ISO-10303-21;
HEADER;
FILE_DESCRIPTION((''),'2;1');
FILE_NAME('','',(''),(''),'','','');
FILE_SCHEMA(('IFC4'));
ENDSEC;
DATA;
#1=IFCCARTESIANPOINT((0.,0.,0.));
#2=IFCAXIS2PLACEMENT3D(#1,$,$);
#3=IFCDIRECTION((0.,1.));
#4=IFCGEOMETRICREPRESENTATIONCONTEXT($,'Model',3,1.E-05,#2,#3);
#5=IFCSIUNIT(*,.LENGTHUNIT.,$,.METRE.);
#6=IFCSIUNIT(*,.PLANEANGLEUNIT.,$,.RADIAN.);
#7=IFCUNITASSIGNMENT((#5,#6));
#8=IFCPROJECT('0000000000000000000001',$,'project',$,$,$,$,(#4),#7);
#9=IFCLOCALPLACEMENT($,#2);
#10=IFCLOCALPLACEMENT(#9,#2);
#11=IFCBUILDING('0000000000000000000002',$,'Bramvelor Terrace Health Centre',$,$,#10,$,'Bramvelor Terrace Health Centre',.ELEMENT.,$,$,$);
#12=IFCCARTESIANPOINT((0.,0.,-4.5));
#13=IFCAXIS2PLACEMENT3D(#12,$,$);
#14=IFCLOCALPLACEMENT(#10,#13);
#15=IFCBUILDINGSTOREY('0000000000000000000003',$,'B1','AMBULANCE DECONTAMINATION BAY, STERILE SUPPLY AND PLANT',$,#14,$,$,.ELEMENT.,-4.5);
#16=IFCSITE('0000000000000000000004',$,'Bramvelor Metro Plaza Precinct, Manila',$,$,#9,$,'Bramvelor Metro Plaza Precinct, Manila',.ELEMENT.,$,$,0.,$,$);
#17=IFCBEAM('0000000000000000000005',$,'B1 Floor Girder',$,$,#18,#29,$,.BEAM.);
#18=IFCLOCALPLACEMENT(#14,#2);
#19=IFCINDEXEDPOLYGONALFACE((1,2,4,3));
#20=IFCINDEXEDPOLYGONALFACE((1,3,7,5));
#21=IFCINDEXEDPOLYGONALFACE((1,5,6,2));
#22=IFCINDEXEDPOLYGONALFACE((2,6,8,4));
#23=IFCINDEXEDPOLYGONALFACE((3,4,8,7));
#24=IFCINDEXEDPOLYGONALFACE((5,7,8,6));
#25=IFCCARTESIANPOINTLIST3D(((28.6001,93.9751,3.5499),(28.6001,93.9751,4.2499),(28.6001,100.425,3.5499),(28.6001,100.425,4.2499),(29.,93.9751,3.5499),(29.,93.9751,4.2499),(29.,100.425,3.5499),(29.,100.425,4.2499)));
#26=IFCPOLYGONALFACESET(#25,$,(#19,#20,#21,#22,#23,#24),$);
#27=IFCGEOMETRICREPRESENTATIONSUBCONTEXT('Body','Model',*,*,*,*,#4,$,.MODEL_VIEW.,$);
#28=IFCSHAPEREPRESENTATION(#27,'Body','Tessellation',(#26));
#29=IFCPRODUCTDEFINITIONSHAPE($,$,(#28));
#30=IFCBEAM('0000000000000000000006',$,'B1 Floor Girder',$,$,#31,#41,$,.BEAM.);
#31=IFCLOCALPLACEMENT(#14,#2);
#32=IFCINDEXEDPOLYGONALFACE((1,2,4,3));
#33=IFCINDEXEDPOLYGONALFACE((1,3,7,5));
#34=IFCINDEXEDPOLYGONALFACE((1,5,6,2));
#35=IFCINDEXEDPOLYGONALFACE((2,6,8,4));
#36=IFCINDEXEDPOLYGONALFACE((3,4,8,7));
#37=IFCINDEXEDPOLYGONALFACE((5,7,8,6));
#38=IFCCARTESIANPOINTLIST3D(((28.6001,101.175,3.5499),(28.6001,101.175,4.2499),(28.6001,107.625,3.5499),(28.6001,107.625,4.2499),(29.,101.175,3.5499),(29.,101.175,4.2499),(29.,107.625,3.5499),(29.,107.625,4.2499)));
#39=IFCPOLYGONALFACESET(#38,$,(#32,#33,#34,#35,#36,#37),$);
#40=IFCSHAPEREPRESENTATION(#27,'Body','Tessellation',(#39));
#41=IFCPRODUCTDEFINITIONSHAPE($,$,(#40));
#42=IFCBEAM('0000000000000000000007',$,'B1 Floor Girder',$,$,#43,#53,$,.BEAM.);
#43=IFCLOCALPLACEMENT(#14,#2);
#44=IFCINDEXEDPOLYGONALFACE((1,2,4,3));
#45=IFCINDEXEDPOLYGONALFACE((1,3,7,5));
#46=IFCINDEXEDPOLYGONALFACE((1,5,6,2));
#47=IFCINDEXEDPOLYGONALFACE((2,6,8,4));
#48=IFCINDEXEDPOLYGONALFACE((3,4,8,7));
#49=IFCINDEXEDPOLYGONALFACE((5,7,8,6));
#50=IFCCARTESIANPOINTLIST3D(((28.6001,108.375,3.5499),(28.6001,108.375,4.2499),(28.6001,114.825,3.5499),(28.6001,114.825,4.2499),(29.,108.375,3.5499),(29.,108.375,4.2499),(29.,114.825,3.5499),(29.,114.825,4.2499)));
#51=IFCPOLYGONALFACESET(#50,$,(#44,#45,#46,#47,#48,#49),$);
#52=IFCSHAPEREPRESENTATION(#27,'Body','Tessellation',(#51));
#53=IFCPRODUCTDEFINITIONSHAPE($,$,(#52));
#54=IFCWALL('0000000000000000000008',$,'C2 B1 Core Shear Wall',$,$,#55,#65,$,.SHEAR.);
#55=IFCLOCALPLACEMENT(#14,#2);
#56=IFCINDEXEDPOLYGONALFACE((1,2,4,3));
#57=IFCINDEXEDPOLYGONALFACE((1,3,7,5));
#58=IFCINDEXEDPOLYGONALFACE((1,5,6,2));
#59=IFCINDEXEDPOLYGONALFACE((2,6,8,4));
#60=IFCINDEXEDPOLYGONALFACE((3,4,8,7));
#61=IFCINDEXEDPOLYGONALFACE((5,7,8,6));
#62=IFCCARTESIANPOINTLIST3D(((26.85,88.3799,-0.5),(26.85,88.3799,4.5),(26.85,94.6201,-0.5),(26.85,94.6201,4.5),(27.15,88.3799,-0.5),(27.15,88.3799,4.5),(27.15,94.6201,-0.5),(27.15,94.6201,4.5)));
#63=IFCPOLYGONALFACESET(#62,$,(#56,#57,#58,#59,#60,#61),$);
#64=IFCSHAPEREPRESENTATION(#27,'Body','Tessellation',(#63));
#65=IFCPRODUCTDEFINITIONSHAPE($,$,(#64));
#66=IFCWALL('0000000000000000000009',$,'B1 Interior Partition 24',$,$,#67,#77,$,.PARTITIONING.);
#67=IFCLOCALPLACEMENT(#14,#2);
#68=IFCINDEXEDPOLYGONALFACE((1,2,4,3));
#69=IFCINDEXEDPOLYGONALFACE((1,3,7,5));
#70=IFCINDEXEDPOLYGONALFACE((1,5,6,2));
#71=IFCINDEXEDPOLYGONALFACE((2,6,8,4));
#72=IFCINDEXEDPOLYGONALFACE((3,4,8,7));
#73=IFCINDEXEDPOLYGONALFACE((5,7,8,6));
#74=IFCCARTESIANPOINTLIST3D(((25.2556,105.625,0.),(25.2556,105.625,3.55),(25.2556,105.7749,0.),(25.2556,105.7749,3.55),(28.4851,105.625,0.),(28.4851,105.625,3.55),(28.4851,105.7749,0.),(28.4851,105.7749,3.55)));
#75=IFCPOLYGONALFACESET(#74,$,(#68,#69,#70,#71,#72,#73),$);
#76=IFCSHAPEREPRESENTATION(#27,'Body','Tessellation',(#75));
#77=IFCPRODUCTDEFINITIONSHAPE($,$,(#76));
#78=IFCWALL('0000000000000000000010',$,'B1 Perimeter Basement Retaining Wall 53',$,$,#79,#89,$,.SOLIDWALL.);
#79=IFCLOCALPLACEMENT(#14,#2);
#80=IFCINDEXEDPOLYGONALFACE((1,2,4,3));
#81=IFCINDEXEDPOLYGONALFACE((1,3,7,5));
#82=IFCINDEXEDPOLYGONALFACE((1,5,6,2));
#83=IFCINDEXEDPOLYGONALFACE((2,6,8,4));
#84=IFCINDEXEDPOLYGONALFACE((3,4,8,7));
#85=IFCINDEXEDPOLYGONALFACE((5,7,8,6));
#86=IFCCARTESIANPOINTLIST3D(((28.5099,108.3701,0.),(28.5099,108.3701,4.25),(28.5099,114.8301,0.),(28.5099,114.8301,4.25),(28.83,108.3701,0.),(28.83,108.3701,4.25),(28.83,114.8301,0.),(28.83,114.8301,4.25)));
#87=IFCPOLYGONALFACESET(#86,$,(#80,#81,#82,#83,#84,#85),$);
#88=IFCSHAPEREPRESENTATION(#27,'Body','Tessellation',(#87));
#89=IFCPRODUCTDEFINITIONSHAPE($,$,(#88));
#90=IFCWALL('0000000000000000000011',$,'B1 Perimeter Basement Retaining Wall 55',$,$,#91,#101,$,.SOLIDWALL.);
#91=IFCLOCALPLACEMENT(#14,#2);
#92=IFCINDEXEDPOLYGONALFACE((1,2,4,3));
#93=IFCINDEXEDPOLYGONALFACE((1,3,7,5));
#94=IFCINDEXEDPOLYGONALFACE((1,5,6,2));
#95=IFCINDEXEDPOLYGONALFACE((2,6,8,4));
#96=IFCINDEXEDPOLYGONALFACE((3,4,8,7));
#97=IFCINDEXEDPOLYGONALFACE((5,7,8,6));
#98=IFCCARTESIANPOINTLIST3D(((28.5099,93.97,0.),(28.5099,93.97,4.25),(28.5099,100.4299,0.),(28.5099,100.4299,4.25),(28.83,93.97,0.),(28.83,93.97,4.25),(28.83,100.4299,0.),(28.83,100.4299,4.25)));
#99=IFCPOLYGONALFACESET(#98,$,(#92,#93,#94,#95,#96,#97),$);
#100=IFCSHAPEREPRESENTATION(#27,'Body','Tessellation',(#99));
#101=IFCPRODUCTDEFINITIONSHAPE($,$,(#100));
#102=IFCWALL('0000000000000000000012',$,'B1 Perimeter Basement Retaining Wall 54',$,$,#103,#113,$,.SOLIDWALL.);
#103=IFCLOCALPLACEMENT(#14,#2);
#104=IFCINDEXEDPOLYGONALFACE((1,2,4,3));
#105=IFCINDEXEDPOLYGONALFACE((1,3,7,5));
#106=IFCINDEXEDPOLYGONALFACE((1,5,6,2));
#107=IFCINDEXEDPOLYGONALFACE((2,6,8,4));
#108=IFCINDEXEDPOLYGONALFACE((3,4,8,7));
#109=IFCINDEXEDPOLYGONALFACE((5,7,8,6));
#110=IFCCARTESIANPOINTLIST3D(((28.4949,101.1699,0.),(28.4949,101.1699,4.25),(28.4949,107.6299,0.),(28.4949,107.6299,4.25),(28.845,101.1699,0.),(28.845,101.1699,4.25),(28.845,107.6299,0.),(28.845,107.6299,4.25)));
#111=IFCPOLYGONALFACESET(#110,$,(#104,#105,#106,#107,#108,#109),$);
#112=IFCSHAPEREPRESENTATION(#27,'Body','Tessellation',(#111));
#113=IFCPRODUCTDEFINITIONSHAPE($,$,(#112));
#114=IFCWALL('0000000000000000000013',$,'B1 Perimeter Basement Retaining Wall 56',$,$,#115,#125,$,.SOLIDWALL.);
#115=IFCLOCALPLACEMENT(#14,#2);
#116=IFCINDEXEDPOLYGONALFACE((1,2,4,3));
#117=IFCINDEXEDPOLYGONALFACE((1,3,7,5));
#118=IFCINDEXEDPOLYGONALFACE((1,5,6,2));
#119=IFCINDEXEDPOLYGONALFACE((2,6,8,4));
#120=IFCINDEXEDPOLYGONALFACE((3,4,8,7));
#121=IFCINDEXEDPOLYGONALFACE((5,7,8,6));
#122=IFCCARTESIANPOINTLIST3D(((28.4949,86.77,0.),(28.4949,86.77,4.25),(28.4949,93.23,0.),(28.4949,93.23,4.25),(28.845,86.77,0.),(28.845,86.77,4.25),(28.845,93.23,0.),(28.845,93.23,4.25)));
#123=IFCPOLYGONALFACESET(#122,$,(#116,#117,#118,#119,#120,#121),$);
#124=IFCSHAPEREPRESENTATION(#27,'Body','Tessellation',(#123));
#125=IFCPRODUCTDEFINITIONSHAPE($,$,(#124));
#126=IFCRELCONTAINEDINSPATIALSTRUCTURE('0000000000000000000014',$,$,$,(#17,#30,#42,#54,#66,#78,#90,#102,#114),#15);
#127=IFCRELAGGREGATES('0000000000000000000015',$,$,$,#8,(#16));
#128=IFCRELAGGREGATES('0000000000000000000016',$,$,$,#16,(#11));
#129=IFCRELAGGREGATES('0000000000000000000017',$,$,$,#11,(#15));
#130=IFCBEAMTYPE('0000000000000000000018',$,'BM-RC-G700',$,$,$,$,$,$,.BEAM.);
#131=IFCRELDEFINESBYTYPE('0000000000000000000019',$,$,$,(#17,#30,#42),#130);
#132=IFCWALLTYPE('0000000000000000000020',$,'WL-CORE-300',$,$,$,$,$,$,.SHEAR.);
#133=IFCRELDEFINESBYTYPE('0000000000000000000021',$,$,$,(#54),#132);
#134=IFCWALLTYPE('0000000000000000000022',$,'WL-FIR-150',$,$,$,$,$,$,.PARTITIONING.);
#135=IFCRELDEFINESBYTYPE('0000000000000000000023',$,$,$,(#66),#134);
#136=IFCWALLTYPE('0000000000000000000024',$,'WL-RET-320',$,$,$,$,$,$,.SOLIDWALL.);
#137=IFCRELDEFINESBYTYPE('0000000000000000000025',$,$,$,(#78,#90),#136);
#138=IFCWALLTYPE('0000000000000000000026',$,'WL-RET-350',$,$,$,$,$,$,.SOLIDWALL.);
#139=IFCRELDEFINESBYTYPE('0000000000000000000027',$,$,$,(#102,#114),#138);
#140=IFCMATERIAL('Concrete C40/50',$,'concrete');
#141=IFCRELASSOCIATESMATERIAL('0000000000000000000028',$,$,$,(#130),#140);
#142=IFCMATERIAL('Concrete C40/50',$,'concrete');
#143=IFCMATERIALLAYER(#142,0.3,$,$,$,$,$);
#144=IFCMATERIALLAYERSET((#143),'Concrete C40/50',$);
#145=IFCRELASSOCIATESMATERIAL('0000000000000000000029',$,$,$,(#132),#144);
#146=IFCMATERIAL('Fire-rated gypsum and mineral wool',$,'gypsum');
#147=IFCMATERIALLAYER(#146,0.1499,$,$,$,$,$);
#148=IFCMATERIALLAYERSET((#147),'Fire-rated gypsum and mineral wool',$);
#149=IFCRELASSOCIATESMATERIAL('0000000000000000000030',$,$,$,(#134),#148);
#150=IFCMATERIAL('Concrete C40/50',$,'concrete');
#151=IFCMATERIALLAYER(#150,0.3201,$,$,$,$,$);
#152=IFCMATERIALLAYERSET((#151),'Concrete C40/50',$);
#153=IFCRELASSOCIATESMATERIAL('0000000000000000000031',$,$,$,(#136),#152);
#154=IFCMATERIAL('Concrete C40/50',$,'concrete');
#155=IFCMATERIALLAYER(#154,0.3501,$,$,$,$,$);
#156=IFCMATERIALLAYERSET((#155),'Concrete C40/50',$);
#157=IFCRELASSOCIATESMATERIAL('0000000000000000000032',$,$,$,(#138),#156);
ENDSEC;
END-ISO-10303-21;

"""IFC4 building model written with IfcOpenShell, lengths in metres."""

from ifc_helpers import new_model, si_unit, direction, frame, frame_2d, origin, origin_2d, place, context, subcontext, project, spatial, rectangle, extrude, material, layer, layer_set, material_profile, profile_set, type_object, element, save


model = new_model("IFC4")

# Units and contexts
model_context = context("Model", 3, precision=1e-05, world=origin(), true_north=direction((0.0, 1.0)))
body_context = subcontext(model_context, "Body", "Model", "MODEL_VIEW")
ifc_project = project(units=[si_unit("LENGTHUNIT", "METRE"), si_unit("PLANEANGLEUNIT", "RADIAN")], contexts=[model_context])

# Site, building, storey
site_placement = place(None, origin())
site = spatial("IfcSite", under=ifc_project, at=site_placement, Name="Bramvelor Metro Plaza Precinct, Manila", LongName="Bramvelor Metro Plaza Precinct, Manila", CompositionType="ELEMENT", RefElevation=0.0)
building_placement = place(site_placement, origin())
building = spatial("IfcBuilding", under=site, at=building_placement, Name="Bramvelor Terrace Health Centre", LongName="Bramvelor Terrace Health Centre", CompositionType="ELEMENT")
storey_placement = place(building_placement, frame((0.0, 0.0, -4.5)))
storey = spatial("IfcBuildingStorey", under=building, at=storey_placement, Name="B1", Description="AMBULANCE DECONTAMINATION BAY, STERILE SUPPLY AND PLANT", CompositionType="ELEMENT", Elevation=-4.5)

# Beams
ifc_material_1 = material(Name="Concrete C40/50", Category="concrete")
ifc_material_profile_1 = material_profile(ifc_material_1, rectangle(XDim=0.3999, YDim=0.7, at=origin_2d()), Name="RC 400x700")
ifc_profile_set_1 = profile_set([ifc_material_profile_1], Name="Concrete C40/50")
beam_type = type_object("IfcBeamType", Name="BM-RC-G700", PredefinedType="BEAM", material=ifc_profile_set_1)
for number, where, z_axis, x_axis, name in (
    (1, (28.8, 93.9751, 3.8999), (0.0, 1.0, 0.0), (-1.0, 0.0, 0.0), "B1 Floor Girder"),
    (2, (28.8, 101.175, 3.8999), (0.0, 1.0, 0.0), (-1.0, 0.0, 0.0), "B1 Floor Girder"),
    (3, (28.8, 108.375, 3.8999), (0.0, 1.0, 0.0), (-1.0, 0.0, 0.0), "B1 Floor Girder"),
):
    element("IfcBeam", number, at=place(storey_placement, frame(where, z_axis=z_axis, x_axis=x_axis)), inside=storey, type_object=beam_type, Name=name, PredefinedType="BEAM", context=body_context, shape_type="SweptSolid", body=[
        extrude(rectangle(XDim=0.3999, YDim=0.7, at=origin_2d()), origin(), (0.0, 0.0, 1.0), 6.45),
    ])

# Walls
ifc_material_2 = material(Name="Concrete C40/50", Category="concrete")
ifc_layer_1 = layer(ifc_material_2, 0.3)
ifc_layer_set_1 = layer_set([ifc_layer_1], Name="Concrete C40/50")
wall_type_1 = type_object("IfcWallType", Name="WL-CORE-300", PredefinedType="SHEAR", material=ifc_layer_set_1)
wall_1_placement = place(storey_placement, frame((27.0, 88.3799, -0.5), z_axis=(0.0, 0.0, 1.0), x_axis=(0.0, 1.0, 0.0)))
element("IfcWall", 4, at=wall_1_placement, inside=storey, type_object=wall_type_1, Name="C2 B1 Core Shear Wall", PredefinedType="SHEAR", context=body_context, shape_type="SweptSolid", body=[
    extrude(rectangle(XDim=6.2402, YDim=0.3, at=frame_2d((3.1201, 0.0))), origin(), (0.0, 0.0, 1.0), 5.0),
])
ifc_material_3 = material(Name="Fire-rated gypsum and mineral wool", Category="gypsum")
ifc_layer_2 = layer(ifc_material_3, 0.1499)
ifc_layer_set_2 = layer_set([ifc_layer_2], Name="Fire-rated gypsum and mineral wool")
wall_type_2 = type_object("IfcWallType", Name="WL-FIR-150", PredefinedType="PARTITIONING", material=ifc_layer_set_2)
wall_2_placement = place(storey_placement, frame((28.4851, 105.7, 0.0), z_axis=(0.0, 0.0, 1.0), x_axis=(-1.0, 0.0, 0.0)))
element("IfcWall", 5, at=wall_2_placement, inside=storey, type_object=wall_type_2, Name="B1 Interior Partition 24", PredefinedType="PARTITIONING", context=body_context, shape_type="SweptSolid", body=[
    extrude(rectangle(XDim=3.2295, YDim=0.1499, at=frame_2d((1.6147, 0.0))), origin(), (0.0, 0.0, 1.0), 3.55),
])
ifc_material_4 = material(Name="Concrete C40/50", Category="concrete")
ifc_layer_3 = layer(ifc_material_4, 0.3201)
ifc_layer_set_3 = layer_set([ifc_layer_3], Name="Concrete C40/50")
wall_type_3 = type_object("IfcWallType", Name="WL-RET-320", PredefinedType="SOLIDWALL", material=ifc_layer_set_3)
for number, where, z_axis, x_axis, name in (
    (6, (28.6699, 114.8301, 0.0), (0.0, 0.0, 1.0), (0.0, -1.0, 0.0), "B1 Perimeter Basement Retaining Wall 53"),
    (7, (28.6699, 100.4299, 0.0), (0.0, 0.0, 1.0), (0.0, -1.0, 0.0), "B1 Perimeter Basement Retaining Wall 55"),
):
    element("IfcWall", number, at=place(storey_placement, frame(where, z_axis=z_axis, x_axis=x_axis)), inside=storey, type_object=wall_type_3, Name=name, PredefinedType="SOLIDWALL", context=body_context, shape_type="SweptSolid", body=[
        extrude(rectangle(XDim=6.46, YDim=0.3201, at=frame_2d((3.23, 0.0))), origin(), (0.0, 0.0, 1.0), 4.25),
    ])
ifc_material_5 = material(Name="Concrete C40/50", Category="concrete")
ifc_layer_4 = layer(ifc_material_5, 0.3501)
ifc_layer_set_4 = layer_set([ifc_layer_4], Name="Concrete C40/50")
wall_type_4 = type_object("IfcWallType", Name="WL-RET-350", PredefinedType="SOLIDWALL", material=ifc_layer_set_4)
for number, where, z_axis, x_axis, name in (
    (8, (28.6699, 107.6299, 0.0), (0.0, 0.0, 1.0), (0.0, -1.0, 0.0), "B1 Perimeter Basement Retaining Wall 54"),
    (9, (28.6699, 93.23, 0.0), (0.0, 0.0, 1.0), (0.0, -1.0, 0.0), "B1 Perimeter Basement Retaining Wall 56"),
):
    element("IfcWall", number, at=place(storey_placement, frame(where, z_axis=z_axis, x_axis=x_axis)), inside=storey, type_object=wall_type_4, Name=name, PredefinedType="SOLIDWALL", context=body_context, shape_type="SweptSolid", body=[
        extrude(rectangle(XDim=6.46, YDim=0.3501, at=frame_2d((3.23, 0.0))), origin(), (0.0, 0.0, 1.0), 4.25),
    ])

save(model, "model.ifc")
